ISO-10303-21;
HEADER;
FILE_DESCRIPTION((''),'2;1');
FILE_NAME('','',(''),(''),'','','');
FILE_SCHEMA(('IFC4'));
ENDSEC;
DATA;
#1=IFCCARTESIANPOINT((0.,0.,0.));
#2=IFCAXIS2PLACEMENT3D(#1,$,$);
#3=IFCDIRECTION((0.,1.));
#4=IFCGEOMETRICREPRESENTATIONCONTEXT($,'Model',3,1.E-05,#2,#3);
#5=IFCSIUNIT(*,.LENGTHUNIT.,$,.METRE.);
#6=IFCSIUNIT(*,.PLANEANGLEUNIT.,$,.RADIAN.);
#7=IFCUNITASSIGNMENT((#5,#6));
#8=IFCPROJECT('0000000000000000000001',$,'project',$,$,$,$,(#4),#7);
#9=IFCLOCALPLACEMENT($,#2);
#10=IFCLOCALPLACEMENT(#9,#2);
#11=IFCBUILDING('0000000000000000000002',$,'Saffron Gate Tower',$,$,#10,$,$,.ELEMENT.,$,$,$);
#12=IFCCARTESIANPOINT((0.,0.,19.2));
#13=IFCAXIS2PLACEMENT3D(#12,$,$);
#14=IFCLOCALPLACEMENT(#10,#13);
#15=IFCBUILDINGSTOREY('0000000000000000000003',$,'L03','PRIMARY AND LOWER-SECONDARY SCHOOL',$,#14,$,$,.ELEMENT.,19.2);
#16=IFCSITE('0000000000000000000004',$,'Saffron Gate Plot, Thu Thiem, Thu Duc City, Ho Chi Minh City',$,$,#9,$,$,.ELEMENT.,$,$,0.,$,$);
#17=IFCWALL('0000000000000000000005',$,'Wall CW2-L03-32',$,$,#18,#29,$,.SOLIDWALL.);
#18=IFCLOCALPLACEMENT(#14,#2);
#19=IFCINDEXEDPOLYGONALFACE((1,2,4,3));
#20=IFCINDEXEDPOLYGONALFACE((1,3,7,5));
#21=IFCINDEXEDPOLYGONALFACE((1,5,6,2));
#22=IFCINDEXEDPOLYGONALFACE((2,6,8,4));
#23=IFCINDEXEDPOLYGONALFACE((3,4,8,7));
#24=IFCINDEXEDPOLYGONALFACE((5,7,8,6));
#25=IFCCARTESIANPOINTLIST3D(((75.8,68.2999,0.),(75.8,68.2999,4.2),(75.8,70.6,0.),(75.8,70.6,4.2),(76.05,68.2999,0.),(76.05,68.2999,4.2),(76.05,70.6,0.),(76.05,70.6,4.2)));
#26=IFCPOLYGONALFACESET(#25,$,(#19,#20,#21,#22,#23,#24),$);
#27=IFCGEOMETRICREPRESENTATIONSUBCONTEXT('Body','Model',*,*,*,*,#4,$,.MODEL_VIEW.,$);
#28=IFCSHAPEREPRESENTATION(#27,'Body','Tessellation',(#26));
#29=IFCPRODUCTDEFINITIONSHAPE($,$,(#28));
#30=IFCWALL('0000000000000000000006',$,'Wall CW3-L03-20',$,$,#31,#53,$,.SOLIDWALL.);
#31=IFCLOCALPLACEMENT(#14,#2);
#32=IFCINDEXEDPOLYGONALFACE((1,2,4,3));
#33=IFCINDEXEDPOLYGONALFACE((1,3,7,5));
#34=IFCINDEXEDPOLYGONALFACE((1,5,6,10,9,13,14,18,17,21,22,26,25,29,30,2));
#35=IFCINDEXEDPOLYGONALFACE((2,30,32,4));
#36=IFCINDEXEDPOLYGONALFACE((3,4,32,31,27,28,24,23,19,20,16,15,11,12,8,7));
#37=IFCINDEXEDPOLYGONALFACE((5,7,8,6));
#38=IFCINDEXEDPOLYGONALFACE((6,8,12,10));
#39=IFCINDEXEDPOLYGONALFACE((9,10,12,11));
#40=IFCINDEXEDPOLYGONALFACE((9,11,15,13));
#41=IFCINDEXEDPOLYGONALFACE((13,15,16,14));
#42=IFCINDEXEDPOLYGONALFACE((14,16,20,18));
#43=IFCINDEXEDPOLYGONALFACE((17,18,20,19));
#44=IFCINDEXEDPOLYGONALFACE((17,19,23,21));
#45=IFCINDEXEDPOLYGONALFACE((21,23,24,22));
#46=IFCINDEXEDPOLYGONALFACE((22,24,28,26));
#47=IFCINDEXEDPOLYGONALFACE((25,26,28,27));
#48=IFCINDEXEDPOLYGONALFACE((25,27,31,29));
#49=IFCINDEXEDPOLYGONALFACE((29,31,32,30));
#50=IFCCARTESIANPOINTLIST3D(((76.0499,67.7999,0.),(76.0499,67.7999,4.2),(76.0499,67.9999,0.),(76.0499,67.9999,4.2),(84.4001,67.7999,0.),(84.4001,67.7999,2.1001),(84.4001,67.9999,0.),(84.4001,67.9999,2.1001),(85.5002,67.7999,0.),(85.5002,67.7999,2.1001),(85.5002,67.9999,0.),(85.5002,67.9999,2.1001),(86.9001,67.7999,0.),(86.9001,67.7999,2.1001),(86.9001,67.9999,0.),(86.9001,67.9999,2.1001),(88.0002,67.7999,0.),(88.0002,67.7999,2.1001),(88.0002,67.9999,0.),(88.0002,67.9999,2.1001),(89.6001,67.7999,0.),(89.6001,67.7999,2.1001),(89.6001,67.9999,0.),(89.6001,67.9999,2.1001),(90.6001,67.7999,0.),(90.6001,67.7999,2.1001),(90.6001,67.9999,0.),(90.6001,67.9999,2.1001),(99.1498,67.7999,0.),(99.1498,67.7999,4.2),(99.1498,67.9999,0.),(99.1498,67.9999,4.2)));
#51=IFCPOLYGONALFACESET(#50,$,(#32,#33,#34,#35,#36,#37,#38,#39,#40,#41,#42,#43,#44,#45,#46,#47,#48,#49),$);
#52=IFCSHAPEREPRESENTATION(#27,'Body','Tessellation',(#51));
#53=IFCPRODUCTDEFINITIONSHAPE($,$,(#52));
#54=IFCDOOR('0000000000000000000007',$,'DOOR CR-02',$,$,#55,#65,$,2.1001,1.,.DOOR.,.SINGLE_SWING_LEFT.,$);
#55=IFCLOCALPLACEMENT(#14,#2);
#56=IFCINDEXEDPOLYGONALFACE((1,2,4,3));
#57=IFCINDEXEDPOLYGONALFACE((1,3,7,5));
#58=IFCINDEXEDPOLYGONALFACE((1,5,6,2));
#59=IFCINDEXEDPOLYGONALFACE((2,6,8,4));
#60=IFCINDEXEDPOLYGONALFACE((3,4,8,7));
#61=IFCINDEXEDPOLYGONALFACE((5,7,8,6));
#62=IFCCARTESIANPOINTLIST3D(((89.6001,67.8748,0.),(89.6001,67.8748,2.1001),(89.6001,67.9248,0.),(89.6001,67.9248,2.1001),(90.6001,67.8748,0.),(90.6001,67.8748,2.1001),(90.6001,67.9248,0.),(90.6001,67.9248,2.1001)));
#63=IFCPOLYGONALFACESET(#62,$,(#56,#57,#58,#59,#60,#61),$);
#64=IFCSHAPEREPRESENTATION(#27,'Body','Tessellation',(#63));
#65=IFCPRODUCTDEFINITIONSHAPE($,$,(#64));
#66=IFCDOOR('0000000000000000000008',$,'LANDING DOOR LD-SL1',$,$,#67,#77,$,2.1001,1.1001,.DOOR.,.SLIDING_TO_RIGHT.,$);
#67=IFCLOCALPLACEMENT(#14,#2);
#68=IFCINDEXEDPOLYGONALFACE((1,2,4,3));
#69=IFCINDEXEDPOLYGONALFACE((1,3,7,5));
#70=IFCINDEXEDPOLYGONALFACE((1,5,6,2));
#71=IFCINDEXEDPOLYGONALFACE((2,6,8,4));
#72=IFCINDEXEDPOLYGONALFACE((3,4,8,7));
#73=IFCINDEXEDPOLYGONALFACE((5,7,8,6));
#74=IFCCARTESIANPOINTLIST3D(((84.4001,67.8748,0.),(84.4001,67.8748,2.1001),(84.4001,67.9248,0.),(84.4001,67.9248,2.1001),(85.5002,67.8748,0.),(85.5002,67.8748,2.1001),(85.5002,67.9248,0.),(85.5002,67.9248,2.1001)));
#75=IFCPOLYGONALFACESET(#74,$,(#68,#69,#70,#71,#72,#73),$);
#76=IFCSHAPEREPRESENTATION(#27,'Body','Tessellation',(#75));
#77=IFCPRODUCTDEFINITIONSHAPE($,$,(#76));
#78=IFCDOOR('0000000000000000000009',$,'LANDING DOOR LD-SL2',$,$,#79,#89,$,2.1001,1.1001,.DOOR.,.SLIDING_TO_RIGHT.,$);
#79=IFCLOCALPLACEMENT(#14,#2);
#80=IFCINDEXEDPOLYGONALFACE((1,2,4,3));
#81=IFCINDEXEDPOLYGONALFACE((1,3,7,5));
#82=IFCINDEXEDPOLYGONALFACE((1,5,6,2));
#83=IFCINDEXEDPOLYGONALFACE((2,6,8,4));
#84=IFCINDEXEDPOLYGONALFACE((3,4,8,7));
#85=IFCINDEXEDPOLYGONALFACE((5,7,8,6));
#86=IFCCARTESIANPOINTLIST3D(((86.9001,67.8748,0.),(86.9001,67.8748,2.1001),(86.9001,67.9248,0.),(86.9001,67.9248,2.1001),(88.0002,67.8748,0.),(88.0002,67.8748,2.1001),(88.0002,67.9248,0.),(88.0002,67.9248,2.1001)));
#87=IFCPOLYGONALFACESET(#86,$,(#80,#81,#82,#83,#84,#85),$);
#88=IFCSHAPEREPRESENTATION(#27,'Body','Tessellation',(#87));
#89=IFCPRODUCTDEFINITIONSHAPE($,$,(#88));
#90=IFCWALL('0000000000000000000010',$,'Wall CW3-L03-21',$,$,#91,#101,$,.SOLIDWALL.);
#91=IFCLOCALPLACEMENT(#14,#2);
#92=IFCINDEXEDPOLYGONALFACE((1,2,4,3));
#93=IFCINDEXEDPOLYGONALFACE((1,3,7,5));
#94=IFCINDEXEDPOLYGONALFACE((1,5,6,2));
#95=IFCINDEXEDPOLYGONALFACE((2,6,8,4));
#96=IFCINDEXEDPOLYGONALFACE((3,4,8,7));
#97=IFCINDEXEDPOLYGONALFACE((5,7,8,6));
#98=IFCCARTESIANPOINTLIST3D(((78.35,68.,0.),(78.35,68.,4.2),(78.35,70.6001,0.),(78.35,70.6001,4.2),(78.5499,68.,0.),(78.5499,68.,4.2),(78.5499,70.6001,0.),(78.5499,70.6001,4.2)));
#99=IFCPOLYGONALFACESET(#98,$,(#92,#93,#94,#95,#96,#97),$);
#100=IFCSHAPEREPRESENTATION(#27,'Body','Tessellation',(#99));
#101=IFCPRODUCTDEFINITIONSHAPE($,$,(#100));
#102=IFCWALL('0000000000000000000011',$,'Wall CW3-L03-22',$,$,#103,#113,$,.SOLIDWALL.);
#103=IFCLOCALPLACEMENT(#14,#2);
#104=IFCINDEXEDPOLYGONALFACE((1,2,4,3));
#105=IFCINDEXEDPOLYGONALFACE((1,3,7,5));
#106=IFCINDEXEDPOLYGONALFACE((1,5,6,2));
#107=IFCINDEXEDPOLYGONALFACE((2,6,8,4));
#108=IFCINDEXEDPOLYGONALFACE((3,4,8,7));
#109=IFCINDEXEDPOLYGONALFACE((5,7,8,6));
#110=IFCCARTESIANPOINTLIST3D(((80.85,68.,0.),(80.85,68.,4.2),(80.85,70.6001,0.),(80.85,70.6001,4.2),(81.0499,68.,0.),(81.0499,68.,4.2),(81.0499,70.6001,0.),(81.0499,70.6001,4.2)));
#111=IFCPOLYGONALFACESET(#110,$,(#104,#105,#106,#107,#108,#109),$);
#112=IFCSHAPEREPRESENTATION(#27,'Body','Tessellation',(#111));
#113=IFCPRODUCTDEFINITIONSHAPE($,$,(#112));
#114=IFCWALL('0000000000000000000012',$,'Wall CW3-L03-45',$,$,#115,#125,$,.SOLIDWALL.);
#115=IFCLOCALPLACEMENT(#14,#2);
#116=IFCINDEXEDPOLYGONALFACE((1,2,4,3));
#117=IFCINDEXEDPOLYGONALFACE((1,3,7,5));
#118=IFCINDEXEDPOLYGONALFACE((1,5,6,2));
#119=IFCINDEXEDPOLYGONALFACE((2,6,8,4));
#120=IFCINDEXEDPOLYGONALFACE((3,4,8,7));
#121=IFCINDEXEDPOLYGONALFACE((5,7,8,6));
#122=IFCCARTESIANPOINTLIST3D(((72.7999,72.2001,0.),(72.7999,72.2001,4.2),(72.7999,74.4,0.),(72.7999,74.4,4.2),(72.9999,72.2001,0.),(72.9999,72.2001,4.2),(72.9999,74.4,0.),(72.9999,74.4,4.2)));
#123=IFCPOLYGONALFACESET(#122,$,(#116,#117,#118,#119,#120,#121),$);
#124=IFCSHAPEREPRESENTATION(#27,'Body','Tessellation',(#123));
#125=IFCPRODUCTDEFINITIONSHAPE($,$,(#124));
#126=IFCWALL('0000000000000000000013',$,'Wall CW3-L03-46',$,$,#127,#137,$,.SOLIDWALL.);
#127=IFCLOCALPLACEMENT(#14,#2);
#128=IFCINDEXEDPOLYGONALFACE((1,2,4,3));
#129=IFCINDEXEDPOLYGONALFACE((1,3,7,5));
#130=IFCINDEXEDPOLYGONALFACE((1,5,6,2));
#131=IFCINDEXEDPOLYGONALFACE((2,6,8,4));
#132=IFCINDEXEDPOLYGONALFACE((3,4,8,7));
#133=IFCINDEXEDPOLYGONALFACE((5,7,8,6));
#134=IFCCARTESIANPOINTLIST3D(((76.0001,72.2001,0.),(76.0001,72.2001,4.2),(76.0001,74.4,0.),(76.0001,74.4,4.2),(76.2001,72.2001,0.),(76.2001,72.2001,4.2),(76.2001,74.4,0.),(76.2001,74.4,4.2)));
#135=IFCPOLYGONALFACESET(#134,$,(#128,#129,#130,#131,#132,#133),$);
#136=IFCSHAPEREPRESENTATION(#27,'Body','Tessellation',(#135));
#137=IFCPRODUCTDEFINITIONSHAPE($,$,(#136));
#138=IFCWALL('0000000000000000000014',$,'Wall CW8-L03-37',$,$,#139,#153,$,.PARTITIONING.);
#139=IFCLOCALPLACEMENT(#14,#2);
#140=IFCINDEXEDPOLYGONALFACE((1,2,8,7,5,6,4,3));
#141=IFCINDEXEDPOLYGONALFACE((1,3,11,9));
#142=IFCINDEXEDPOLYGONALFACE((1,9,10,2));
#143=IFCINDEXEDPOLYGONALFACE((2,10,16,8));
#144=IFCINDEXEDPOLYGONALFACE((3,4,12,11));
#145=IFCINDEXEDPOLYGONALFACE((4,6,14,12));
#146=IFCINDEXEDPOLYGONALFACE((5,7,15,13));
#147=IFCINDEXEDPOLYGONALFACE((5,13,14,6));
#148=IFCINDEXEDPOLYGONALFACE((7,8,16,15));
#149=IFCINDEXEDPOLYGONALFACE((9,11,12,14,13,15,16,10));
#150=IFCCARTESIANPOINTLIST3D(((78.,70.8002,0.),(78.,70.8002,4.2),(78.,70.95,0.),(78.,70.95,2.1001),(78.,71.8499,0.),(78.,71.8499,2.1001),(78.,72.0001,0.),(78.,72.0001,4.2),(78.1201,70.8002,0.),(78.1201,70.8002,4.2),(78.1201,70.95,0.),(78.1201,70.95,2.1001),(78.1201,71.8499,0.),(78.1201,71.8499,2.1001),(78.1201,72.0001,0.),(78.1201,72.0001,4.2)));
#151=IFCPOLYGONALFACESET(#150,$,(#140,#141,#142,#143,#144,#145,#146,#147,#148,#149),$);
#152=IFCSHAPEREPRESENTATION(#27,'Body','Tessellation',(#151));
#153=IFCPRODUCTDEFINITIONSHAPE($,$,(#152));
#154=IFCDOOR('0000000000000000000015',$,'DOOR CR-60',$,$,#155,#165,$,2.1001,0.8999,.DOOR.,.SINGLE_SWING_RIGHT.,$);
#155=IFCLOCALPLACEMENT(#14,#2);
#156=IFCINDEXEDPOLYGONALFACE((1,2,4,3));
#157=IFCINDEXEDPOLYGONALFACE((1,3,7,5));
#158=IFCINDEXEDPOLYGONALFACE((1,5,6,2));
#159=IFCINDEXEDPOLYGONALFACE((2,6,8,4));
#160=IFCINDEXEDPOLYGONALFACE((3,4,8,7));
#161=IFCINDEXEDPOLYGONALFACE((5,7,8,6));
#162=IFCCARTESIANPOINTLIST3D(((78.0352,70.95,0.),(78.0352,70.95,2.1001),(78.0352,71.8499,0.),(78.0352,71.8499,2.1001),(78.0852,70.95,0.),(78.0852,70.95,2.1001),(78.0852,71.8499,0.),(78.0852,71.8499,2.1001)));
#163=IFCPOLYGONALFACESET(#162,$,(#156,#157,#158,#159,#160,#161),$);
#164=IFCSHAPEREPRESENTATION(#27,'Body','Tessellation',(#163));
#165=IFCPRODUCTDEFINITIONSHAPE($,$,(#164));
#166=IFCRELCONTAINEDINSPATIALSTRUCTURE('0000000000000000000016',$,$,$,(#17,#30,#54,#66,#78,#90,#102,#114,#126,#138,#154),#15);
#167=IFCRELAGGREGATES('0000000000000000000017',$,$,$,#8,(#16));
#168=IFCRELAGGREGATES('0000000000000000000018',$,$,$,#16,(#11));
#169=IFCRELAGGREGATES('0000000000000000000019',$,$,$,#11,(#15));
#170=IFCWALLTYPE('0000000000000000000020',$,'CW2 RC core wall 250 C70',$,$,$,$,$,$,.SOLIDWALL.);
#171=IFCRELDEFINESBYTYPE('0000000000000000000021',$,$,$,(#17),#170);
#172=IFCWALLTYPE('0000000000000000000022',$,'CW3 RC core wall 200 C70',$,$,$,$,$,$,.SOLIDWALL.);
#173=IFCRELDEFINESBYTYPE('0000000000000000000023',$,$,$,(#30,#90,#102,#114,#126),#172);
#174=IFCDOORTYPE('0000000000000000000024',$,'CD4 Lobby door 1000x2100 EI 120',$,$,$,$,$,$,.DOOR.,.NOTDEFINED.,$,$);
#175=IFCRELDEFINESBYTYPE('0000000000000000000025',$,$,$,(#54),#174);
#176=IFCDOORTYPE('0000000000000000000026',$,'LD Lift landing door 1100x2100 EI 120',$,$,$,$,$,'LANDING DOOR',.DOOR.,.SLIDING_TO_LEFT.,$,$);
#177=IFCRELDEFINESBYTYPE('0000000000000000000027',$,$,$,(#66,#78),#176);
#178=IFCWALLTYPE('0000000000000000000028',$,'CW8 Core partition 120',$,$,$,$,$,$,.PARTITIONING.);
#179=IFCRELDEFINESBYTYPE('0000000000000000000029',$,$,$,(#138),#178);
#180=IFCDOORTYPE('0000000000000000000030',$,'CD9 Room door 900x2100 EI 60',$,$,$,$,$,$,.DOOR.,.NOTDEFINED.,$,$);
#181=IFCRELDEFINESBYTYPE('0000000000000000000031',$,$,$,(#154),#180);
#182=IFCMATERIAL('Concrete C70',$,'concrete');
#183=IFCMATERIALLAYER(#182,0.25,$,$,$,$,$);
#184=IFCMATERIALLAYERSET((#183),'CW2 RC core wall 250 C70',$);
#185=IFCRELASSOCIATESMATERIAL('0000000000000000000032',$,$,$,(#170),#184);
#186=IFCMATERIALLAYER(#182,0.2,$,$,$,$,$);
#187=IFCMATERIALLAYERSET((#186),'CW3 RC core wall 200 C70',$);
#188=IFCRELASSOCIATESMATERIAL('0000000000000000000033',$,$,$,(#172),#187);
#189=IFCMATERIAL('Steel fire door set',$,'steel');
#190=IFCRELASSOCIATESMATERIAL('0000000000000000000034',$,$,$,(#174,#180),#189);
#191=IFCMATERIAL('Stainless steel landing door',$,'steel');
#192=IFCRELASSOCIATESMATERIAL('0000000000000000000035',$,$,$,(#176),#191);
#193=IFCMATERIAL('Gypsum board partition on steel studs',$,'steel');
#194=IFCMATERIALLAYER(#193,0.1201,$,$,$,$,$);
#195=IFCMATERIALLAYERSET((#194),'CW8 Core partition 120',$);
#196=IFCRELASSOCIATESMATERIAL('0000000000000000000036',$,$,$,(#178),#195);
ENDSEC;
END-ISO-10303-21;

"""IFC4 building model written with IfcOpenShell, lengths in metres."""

from ifc_helpers import new_model, si_unit, direction, frame, frame_2d, origin, place, context, subcontext, project, spatial, rectangle, extrude, material, layer, layer_set, type_object, element, fill, save


model = new_model("IFC4")

# Units and contexts
model_context = context("Model", 3, precision=1e-05, world=origin(), true_north=direction((0.0, 1.0)))
body_context = subcontext(model_context, "Body", "Model", "MODEL_VIEW")
ifc_project = project(units=[si_unit("LENGTHUNIT", "METRE"), si_unit("PLANEANGLEUNIT", "RADIAN")], contexts=[model_context])

# Site, building, storey
site_placement = place(None, origin())
site = spatial("IfcSite", under=ifc_project, at=site_placement, Name="Saffron Gate Plot, Thu Thiem, Thu Duc City, Ho Chi Minh City", CompositionType="ELEMENT", RefElevation=0.0)
building_placement = place(site_placement, origin())
building = spatial("IfcBuilding", under=site, at=building_placement, Name="Saffron Gate Tower", CompositionType="ELEMENT")
storey_placement = place(building_placement, frame((0.0, 0.0, 19.2)))
storey = spatial("IfcBuildingStorey", under=building, at=storey_placement, Name="L03", Description="PRIMARY AND LOWER-SECONDARY SCHOOL", CompositionType="ELEMENT", Elevation=19.2)

# Wall
ifc_material_1 = material(Name="Concrete C70", Category="concrete")
ifc_layer_1 = layer(ifc_material_1, 0.25)
ifc_layer_set_1 = layer_set([ifc_layer_1], Name="CW2 RC core wall 250 C70")
wall_type_1 = type_object("IfcWallType", Name="CW2 RC core wall 250 C70", PredefinedType="SOLIDWALL", material=ifc_layer_set_1)
wall_1_placement = place(storey_placement, frame((75.925, 68.3, 0.0), z_axis=(0.0, 0.0, 1.0), x_axis=(0.0, 1.0, 0.0)))
element("IfcWall", 1, at=wall_1_placement, inside=storey, type_object=wall_type_1, Name="Wall CW2-L03-32", PredefinedType="SOLIDWALL", context=body_context, shape_type="SweptSolid", body=[
    extrude(rectangle(XDim=2.3, YDim=0.25, at=frame_2d((1.1499, 0.0))), origin(), (0.0, 0.0, 1.0), 4.2),
])

# Wall, openings, doors
ifc_layer_2 = layer(ifc_material_1, 0.2)
ifc_layer_set_2 = layer_set([ifc_layer_2], Name="CW3 RC core wall 200 C70")
wall_type_2 = type_object("IfcWallType", Name="CW3 RC core wall 200 C70", PredefinedType="SOLIDWALL", material=ifc_layer_set_2)
wall_2_placement = place(storey_placement, frame((76.05, 67.8999, 0.0), z_axis=(0.0, 0.0, 1.0), x_axis=(1.0, 0.0, 0.0)))
wall_2 = element("IfcWall", 2, at=wall_2_placement, inside=storey, type_object=wall_type_2, Name="Wall CW3-L03-20", PredefinedType="SOLIDWALL", context=body_context, shape_type="SweptSolid", body=[
    extrude(rectangle(XDim=23.0999, YDim=0.2, at=frame_2d((11.5498, 0.0))), origin(), (0.0, 0.0, 1.0), 4.2),
])
opening_1_placement = place(wall_2_placement, frame((8.3501, 0.0, 0.0)))
opening_1 = element("IfcOpeningElement", 3, at=opening_1_placement, cuts=wall_2, PredefinedType="OPENING", context=body_context, shape_type="SweptSolid", body=[
    extrude(rectangle(XDim=1.1001, YDim=2.1001, at=frame_2d((0.55, 1.05))), frame((0.0, 0.1099, 0.0), z_axis=(0.0, -1.0, 0.0), x_axis=(1.0, 0.0, 0.0)), (0.0, 0.0, 1.0), 0.22),
])
opening_2_placement = place(wall_2_placement, frame((10.8501, 0.0, 0.0)))
opening_2 = element("IfcOpeningElement", 4, at=opening_2_placement, cuts=wall_2, PredefinedType="OPENING", context=body_context, shape_type="SweptSolid", body=[
    extrude(rectangle(XDim=1.1001, YDim=2.1001, at=frame_2d((0.55, 1.05))), frame((0.0, 0.1099, 0.0), z_axis=(0.0, -1.0, 0.0), x_axis=(1.0, 0.0, 0.0)), (0.0, 0.0, 1.0), 0.22),
])
opening_3_placement = place(wall_2_placement, frame((13.55, 0.0, 0.0)))
opening_3 = element("IfcOpeningElement", 5, at=opening_3_placement, cuts=wall_2, PredefinedType="OPENING", context=body_context, shape_type="SweptSolid", body=[
    extrude(rectangle(XDim=1.0, YDim=2.1001, at=frame_2d((0.5, 1.05))), frame((0.0, 0.1099, 0.0), z_axis=(0.0, -1.0, 0.0), x_axis=(1.0, 0.0, 0.0)), (0.0, 0.0, 1.0), 0.22),
])
ifc_material_2 = material(Name="Steel fire door set", Category="steel")
door_type_1 = type_object("IfcDoorType", Name="CD4 Lobby door 1000x2100 EI 120", OperationType="NOTDEFINED", PredefinedType="DOOR", material=ifc_material_2)
door_1_placement = place(opening_3_placement, origin())
door_1 = element("IfcDoor", 6, at=door_1_placement, inside=storey, type_object=door_type_1, Name="DOOR CR-02", OperationType="SINGLE_SWING_LEFT", OverallHeight=2.1001, OverallWidth=1.0, PredefinedType="DOOR", context=body_context, shape_type="SweptSolid", body=[
    extrude(rectangle(XDim=1.0, YDim=2.1001, at=frame_2d((0.5, 1.05))), frame((0.0, 0.0249, 0.0), z_axis=(0.0, -1.0, 0.0), x_axis=(1.0, 0.0, 0.0)), (0.0, 0.0, 1.0), 0.05),
])
fill(opening_3, door_1)
ifc_material_3 = material(Name="Stainless steel landing door", Category="steel")
door_type_2 = type_object("IfcDoorType", Name="LD Lift landing door 1100x2100 EI 120", ElementType="LANDING DOOR", OperationType="SLIDING_TO_LEFT", PredefinedType="DOOR", material=ifc_material_3)
door_2_placement = place(opening_1_placement, origin())
door_2 = element("IfcDoor", 7, at=door_2_placement, inside=storey, type_object=door_type_2, Name="LANDING DOOR LD-SL1", OperationType="SLIDING_TO_RIGHT", OverallHeight=2.1001, OverallWidth=1.1001, PredefinedType="DOOR", context=body_context, shape_type="SweptSolid", body=[
    extrude(rectangle(XDim=1.1001, YDim=2.1001, at=frame_2d((0.55, 1.05))), frame((0.0, 0.0249, 0.0), z_axis=(0.0, -1.0, 0.0), x_axis=(1.0, 0.0, 0.0)), (0.0, 0.0, 1.0), 0.05),
])
fill(opening_1, door_2)
door_3_placement = place(opening_2_placement, origin())
door_3 = element("IfcDoor", 8, at=door_3_placement, inside=storey, type_object=door_type_2, Name="LANDING DOOR LD-SL2", OperationType="SLIDING_TO_RIGHT", OverallHeight=2.1001, OverallWidth=1.1001, PredefinedType="DOOR", context=body_context, shape_type="SweptSolid", body=[
    extrude(rectangle(XDim=1.1001, YDim=2.1001, at=frame_2d((0.55, 1.05))), frame((0.0, 0.0249, 0.0), z_axis=(0.0, -1.0, 0.0), x_axis=(1.0, 0.0, 0.0)), (0.0, 0.0, 1.0), 0.05),
])
fill(opening_2, door_3)

# Walls
for number, where, z_axis, x_axis, name in (
    (9, (78.45, 68.0, 0.0), (0.0, 0.0, 1.0), (0.0, 1.0, 0.0), "Wall CW3-L03-21"),
    (10, (80.95, 68.0, 0.0), (0.0, 0.0, 1.0), (0.0, 1.0, 0.0), "Wall CW3-L03-22"),
):
    element("IfcWall", number, at=place(storey_placement, frame(where, z_axis=z_axis, x_axis=x_axis)), inside=storey, type_object=wall_type_2, Name=name, PredefinedType="SOLIDWALL", context=body_context, shape_type="SweptSolid", body=[
        extrude(rectangle(XDim=2.6001, YDim=0.2, at=frame_2d((1.3, 0.0))), origin(), (0.0, 0.0, 1.0), 4.2),
    ])
for number, where, z_axis, x_axis, name in (
    (11, (72.8999, 72.2, 0.0), (0.0, 0.0, 1.0), (0.0, 1.0, 0.0), "Wall CW3-L03-45"),
    (12, (76.1001, 72.2, 0.0), (0.0, 0.0, 1.0), (0.0, 1.0, 0.0), "Wall CW3-L03-46"),
):
    element("IfcWall", number, at=place(storey_placement, frame(where, z_axis=z_axis, x_axis=x_axis)), inside=storey, type_object=wall_type_2, Name=name, PredefinedType="SOLIDWALL", context=body_context, shape_type="SweptSolid", body=[
        extrude(rectangle(XDim=2.2, YDim=0.2, at=frame_2d((1.1001, 0.0))), origin(), (0.0, 0.0, 1.0), 4.2),
    ])

# Wall, opening, door
ifc_material_4 = material(Name="Gypsum board partition on steel studs", Category="steel")
ifc_layer_3 = layer(ifc_material_4, 0.1201)
ifc_layer_set_3 = layer_set([ifc_layer_3], Name="CW8 Core partition 120")
wall_type_3 = type_object("IfcWallType", Name="CW8 Core partition 120", PredefinedType="PARTITIONING", material=ifc_layer_set_3)
wall_3_placement = place(storey_placement, frame((78.0601, 70.8, 0.0), z_axis=(0.0, 0.0, 1.0), x_axis=(0.0, 1.0, 0.0)))
wall_3 = element("IfcWall", 13, at=wall_3_placement, inside=storey, type_object=wall_type_3, Name="Wall CW8-L03-37", PredefinedType="PARTITIONING", context=body_context, shape_type="SweptSolid", body=[
    extrude(rectangle(XDim=1.2, YDim=0.1201, at=frame_2d((0.6001, 0.0))), origin(), (0.0, 0.0, 1.0), 4.2),
])
opening_4_placement = place(wall_3_placement, frame((0.1499, 0.0, 0.0)))
opening_4 = element("IfcOpeningElement", 14, at=opening_4_placement, cuts=wall_3, PredefinedType="OPENING", context=body_context, shape_type="SweptSolid", body=[
    extrude(rectangle(XDim=0.8999, YDim=2.1001, at=frame_2d((0.45, 1.05))), frame((0.0, 0.0701, 0.0), z_axis=(0.0, -1.0, 0.0), x_axis=(1.0, 0.0, 0.0)), (0.0, 0.0, 1.0), 0.1401),
])
door_type_3 = type_object("IfcDoorType", Name="CD9 Room door 900x2100 EI 60", OperationType="NOTDEFINED", PredefinedType="DOOR", material=ifc_material_2)
door_4_placement = place(opening_4_placement, origin())
door_4 = element("IfcDoor", 15, at=door_4_placement, inside=storey, type_object=door_type_3, Name="DOOR CR-60", OperationType="SINGLE_SWING_RIGHT", OverallHeight=2.1001, OverallWidth=0.8999, PredefinedType="DOOR", context=body_context, shape_type="SweptSolid", body=[
    extrude(rectangle(XDim=0.8999, YDim=2.1001, at=frame_2d((0.45, 1.05))), frame((0.0, 0.0249, 0.0), z_axis=(0.0, -1.0, 0.0), x_axis=(1.0, 0.0, 0.0)), (0.0, 0.0, 1.0), 0.05),
])
fill(opening_4, door_4)

save(model, "model.ifc")
